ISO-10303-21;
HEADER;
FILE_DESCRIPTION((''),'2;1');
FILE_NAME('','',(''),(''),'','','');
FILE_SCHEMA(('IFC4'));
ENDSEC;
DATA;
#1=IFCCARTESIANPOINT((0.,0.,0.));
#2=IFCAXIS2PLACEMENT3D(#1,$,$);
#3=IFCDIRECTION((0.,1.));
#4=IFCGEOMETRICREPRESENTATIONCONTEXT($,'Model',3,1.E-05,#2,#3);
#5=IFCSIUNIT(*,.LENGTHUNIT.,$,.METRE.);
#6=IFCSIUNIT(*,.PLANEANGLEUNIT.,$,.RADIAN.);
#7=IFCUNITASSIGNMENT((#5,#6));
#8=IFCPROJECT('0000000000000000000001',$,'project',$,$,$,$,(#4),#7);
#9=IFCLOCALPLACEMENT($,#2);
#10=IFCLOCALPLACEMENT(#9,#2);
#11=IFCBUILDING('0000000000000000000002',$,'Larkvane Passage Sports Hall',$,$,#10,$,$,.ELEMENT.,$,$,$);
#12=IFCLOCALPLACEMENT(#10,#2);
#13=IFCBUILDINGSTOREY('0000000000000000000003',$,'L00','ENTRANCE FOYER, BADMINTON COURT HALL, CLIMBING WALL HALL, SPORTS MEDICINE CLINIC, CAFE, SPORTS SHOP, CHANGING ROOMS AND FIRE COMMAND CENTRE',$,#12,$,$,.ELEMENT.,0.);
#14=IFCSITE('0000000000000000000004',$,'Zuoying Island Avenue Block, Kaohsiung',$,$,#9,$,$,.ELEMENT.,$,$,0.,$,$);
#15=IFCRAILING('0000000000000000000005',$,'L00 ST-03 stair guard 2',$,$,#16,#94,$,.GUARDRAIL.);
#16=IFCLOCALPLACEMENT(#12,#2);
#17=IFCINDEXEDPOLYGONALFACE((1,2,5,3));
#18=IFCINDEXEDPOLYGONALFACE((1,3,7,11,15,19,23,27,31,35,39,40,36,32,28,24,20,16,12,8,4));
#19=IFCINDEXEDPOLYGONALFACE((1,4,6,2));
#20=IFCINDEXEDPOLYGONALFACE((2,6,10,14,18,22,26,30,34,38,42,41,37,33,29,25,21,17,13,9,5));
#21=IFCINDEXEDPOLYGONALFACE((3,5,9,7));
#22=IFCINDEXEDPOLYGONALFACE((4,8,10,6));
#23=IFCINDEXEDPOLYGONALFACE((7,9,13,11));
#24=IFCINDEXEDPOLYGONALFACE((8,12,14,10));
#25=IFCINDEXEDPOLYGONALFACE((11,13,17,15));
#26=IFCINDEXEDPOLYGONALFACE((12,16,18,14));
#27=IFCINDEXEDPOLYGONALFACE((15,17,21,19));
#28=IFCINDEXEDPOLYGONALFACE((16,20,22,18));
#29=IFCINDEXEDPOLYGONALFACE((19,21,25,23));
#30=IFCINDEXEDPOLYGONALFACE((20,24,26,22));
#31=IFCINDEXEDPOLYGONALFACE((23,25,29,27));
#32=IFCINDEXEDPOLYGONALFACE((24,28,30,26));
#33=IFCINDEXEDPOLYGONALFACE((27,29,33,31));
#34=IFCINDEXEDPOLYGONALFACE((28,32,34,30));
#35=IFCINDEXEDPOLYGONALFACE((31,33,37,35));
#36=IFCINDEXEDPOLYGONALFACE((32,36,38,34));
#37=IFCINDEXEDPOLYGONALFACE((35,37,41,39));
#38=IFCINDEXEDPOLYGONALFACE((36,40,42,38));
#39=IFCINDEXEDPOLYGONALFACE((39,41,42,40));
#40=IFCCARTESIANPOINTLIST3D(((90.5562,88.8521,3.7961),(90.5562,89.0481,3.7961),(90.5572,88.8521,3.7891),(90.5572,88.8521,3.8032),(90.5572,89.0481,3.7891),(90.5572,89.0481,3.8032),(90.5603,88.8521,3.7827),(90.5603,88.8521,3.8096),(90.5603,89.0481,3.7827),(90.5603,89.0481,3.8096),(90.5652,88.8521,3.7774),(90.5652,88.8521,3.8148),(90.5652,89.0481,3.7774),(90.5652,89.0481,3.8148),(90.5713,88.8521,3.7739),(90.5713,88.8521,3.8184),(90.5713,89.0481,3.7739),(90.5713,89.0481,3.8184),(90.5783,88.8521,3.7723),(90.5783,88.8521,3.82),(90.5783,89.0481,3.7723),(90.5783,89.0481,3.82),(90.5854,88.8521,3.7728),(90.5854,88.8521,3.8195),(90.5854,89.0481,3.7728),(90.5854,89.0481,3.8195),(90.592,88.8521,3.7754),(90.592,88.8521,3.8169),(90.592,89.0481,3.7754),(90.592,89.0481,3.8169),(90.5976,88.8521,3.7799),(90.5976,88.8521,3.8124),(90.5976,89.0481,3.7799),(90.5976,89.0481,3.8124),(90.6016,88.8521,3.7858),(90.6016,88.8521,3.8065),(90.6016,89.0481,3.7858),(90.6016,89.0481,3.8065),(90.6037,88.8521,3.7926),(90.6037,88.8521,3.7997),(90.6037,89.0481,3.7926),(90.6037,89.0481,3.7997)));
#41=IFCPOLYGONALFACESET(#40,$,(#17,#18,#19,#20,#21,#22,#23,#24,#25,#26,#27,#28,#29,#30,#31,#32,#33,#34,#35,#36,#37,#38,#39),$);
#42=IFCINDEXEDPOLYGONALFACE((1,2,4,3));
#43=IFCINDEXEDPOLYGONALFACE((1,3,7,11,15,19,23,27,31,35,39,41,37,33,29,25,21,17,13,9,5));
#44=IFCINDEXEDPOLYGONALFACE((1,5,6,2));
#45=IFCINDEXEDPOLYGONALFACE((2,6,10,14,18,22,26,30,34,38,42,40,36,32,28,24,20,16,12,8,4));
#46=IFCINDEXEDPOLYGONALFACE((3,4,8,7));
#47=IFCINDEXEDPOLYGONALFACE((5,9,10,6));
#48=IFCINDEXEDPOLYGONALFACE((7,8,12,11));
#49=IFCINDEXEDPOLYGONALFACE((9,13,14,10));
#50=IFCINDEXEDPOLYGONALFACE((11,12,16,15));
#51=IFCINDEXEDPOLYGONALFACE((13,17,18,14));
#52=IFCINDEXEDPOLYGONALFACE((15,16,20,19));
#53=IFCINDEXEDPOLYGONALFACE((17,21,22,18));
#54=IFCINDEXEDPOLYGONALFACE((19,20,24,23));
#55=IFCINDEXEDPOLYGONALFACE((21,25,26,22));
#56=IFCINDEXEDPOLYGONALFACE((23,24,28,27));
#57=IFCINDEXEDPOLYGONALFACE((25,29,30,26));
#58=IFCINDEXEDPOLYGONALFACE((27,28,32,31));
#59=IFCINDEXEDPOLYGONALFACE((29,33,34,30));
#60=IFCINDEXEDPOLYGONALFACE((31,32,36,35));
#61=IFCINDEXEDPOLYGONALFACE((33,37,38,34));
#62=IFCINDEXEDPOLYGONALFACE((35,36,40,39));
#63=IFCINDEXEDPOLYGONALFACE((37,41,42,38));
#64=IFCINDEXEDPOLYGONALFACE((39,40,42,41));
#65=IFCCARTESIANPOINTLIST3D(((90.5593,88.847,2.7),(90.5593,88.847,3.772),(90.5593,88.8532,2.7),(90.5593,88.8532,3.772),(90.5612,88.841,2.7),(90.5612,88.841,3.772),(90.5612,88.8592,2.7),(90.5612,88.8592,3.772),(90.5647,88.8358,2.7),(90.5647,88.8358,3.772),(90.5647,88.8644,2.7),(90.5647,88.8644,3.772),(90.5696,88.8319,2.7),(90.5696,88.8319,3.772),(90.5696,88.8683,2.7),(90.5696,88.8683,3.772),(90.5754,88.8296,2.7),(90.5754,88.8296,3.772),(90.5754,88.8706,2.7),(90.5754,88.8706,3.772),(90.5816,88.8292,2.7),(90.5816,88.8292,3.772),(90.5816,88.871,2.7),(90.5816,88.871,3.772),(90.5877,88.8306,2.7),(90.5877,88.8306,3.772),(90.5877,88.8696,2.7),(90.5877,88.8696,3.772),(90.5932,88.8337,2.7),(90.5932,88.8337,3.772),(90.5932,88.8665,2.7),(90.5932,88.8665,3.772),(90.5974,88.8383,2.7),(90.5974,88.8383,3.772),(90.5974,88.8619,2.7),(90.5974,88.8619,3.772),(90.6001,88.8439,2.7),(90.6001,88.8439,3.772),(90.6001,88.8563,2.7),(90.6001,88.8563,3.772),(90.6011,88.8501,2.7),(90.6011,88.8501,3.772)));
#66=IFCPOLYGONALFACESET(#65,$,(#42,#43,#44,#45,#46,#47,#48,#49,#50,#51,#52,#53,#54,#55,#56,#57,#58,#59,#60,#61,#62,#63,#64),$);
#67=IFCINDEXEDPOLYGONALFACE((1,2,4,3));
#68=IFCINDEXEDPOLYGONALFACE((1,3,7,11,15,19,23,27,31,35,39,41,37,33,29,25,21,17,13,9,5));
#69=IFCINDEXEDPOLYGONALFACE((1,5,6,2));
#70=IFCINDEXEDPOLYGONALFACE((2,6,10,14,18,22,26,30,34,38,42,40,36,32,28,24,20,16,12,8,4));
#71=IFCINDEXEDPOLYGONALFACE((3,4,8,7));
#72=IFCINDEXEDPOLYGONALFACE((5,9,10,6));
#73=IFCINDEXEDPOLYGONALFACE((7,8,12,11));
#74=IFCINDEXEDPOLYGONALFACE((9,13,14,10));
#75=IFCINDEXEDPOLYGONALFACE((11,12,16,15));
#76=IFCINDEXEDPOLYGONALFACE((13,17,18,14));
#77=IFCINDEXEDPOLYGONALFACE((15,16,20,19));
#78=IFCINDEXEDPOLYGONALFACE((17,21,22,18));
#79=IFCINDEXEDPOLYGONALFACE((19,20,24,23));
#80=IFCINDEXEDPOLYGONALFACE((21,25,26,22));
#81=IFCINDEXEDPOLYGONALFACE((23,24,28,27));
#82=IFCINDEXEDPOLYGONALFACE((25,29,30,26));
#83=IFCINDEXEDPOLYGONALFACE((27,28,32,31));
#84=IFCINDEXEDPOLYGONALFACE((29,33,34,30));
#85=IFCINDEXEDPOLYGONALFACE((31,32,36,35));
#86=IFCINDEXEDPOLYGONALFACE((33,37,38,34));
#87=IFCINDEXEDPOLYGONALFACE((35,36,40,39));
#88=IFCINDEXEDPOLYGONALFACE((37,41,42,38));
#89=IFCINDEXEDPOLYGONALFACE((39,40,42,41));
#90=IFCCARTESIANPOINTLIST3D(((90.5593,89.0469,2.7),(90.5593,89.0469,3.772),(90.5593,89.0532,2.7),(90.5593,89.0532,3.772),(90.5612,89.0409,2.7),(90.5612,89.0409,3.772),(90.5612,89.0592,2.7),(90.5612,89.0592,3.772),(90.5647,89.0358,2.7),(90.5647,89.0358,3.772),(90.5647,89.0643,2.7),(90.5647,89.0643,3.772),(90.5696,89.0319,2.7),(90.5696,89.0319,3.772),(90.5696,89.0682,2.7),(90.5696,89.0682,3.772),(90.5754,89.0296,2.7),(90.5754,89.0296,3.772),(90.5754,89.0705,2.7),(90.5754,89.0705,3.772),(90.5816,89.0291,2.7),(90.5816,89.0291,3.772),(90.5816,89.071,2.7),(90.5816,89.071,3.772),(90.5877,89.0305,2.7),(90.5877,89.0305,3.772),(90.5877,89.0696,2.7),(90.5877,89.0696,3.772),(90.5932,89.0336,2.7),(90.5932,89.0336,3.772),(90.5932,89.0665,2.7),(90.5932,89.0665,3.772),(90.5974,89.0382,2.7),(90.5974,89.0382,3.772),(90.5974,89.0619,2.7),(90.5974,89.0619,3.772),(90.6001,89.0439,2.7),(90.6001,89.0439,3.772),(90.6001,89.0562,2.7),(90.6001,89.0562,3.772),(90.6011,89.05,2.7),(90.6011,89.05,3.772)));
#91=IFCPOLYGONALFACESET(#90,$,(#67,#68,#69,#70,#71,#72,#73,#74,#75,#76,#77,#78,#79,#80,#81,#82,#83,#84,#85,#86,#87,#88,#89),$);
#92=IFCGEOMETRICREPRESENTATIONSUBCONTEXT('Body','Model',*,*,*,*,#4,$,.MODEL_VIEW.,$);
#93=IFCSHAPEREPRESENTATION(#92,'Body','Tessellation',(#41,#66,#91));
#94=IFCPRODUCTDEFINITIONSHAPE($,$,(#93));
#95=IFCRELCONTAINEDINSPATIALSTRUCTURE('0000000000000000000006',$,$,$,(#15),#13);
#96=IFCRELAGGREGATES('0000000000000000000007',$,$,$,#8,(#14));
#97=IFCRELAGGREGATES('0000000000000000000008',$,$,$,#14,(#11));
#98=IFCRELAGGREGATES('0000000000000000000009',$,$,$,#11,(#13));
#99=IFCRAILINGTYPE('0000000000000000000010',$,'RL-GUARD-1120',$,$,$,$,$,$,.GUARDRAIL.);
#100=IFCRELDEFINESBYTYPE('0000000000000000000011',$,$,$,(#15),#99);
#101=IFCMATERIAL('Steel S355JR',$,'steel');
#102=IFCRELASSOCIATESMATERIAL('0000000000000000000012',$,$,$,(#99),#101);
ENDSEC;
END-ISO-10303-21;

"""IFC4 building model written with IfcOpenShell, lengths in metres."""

from ifc_helpers import new_model, si_unit, direction, frame, origin, origin_2d, place, context, subcontext, project, spatial, circle, extrude, material, type_object, element, save


model = new_model("IFC4")

# Units and contexts
model_context = context("Model", 3, precision=1e-05, world=origin(), true_north=direction((0.0, 1.0)))
body_context = subcontext(model_context, "Body", "Model", "MODEL_VIEW")
ifc_project = project(units=[si_unit("LENGTHUNIT", "METRE"), si_unit("PLANEANGLEUNIT", "RADIAN")], contexts=[model_context])

# Site, building, storey
site_placement = place(None, origin())
site = spatial("IfcSite", under=ifc_project, at=site_placement, Name="Zuoying Island Avenue Block, Kaohsiung", CompositionType="ELEMENT", RefElevation=0.0)
building_placement = place(site_placement, origin())
building = spatial("IfcBuilding", under=site, at=building_placement, Name="Larkvane Passage Sports Hall", CompositionType="ELEMENT")
storey_placement = place(building_placement, origin())
storey = spatial("IfcBuildingStorey", under=building, at=storey_placement, Name="L00", Description="ENTRANCE FOYER, BADMINTON COURT HALL, CLIMBING WALL HALL, SPORTS MEDICINE CLINIC, CAFE, SPORTS SHOP, CHANGING ROOMS AND FIRE COMMAND CENTRE", CompositionType="ELEMENT", Elevation=0.0)

# Shared definitions
ifc_material_1 = material(Name="Steel S355JR", Category="steel")

# Railing
railing_type_1 = type_object("IfcRailingType", Name="RL-GUARD-1120", PredefinedType="GUARDRAIL", material=ifc_material_1)
railing_1_placement = place(storey_placement, frame((90.5801, 88.8501, 2.7)))
element("IfcRailing", 1, at=railing_1_placement, inside=storey, type_object=railing_type_1, Name="L00 ST-03 stair guard 2", PredefinedType="GUARDRAIL", context=body_context, shape_type="SweptSolid", body=[
    extrude(circle(Radius=0.0239, at=origin_2d()), frame((0.0, 0.002, 1.0962), z_axis=(0.0, 1.0, 0.0), x_axis=(-1.0, 0.0, 0.0)), (0.0, 0.0, 1.0), 0.196),
    extrude(circle(Radius=0.021, at=origin_2d()), origin(), (0.0, 0.0, 1.0), 1.072),
    extrude(circle(Radius=0.021, at=origin_2d()), frame((0.0, 0.2, 0.0)), (0.0, 0.0, 1.0), 1.072),
])

save(model, "model.ifc")
